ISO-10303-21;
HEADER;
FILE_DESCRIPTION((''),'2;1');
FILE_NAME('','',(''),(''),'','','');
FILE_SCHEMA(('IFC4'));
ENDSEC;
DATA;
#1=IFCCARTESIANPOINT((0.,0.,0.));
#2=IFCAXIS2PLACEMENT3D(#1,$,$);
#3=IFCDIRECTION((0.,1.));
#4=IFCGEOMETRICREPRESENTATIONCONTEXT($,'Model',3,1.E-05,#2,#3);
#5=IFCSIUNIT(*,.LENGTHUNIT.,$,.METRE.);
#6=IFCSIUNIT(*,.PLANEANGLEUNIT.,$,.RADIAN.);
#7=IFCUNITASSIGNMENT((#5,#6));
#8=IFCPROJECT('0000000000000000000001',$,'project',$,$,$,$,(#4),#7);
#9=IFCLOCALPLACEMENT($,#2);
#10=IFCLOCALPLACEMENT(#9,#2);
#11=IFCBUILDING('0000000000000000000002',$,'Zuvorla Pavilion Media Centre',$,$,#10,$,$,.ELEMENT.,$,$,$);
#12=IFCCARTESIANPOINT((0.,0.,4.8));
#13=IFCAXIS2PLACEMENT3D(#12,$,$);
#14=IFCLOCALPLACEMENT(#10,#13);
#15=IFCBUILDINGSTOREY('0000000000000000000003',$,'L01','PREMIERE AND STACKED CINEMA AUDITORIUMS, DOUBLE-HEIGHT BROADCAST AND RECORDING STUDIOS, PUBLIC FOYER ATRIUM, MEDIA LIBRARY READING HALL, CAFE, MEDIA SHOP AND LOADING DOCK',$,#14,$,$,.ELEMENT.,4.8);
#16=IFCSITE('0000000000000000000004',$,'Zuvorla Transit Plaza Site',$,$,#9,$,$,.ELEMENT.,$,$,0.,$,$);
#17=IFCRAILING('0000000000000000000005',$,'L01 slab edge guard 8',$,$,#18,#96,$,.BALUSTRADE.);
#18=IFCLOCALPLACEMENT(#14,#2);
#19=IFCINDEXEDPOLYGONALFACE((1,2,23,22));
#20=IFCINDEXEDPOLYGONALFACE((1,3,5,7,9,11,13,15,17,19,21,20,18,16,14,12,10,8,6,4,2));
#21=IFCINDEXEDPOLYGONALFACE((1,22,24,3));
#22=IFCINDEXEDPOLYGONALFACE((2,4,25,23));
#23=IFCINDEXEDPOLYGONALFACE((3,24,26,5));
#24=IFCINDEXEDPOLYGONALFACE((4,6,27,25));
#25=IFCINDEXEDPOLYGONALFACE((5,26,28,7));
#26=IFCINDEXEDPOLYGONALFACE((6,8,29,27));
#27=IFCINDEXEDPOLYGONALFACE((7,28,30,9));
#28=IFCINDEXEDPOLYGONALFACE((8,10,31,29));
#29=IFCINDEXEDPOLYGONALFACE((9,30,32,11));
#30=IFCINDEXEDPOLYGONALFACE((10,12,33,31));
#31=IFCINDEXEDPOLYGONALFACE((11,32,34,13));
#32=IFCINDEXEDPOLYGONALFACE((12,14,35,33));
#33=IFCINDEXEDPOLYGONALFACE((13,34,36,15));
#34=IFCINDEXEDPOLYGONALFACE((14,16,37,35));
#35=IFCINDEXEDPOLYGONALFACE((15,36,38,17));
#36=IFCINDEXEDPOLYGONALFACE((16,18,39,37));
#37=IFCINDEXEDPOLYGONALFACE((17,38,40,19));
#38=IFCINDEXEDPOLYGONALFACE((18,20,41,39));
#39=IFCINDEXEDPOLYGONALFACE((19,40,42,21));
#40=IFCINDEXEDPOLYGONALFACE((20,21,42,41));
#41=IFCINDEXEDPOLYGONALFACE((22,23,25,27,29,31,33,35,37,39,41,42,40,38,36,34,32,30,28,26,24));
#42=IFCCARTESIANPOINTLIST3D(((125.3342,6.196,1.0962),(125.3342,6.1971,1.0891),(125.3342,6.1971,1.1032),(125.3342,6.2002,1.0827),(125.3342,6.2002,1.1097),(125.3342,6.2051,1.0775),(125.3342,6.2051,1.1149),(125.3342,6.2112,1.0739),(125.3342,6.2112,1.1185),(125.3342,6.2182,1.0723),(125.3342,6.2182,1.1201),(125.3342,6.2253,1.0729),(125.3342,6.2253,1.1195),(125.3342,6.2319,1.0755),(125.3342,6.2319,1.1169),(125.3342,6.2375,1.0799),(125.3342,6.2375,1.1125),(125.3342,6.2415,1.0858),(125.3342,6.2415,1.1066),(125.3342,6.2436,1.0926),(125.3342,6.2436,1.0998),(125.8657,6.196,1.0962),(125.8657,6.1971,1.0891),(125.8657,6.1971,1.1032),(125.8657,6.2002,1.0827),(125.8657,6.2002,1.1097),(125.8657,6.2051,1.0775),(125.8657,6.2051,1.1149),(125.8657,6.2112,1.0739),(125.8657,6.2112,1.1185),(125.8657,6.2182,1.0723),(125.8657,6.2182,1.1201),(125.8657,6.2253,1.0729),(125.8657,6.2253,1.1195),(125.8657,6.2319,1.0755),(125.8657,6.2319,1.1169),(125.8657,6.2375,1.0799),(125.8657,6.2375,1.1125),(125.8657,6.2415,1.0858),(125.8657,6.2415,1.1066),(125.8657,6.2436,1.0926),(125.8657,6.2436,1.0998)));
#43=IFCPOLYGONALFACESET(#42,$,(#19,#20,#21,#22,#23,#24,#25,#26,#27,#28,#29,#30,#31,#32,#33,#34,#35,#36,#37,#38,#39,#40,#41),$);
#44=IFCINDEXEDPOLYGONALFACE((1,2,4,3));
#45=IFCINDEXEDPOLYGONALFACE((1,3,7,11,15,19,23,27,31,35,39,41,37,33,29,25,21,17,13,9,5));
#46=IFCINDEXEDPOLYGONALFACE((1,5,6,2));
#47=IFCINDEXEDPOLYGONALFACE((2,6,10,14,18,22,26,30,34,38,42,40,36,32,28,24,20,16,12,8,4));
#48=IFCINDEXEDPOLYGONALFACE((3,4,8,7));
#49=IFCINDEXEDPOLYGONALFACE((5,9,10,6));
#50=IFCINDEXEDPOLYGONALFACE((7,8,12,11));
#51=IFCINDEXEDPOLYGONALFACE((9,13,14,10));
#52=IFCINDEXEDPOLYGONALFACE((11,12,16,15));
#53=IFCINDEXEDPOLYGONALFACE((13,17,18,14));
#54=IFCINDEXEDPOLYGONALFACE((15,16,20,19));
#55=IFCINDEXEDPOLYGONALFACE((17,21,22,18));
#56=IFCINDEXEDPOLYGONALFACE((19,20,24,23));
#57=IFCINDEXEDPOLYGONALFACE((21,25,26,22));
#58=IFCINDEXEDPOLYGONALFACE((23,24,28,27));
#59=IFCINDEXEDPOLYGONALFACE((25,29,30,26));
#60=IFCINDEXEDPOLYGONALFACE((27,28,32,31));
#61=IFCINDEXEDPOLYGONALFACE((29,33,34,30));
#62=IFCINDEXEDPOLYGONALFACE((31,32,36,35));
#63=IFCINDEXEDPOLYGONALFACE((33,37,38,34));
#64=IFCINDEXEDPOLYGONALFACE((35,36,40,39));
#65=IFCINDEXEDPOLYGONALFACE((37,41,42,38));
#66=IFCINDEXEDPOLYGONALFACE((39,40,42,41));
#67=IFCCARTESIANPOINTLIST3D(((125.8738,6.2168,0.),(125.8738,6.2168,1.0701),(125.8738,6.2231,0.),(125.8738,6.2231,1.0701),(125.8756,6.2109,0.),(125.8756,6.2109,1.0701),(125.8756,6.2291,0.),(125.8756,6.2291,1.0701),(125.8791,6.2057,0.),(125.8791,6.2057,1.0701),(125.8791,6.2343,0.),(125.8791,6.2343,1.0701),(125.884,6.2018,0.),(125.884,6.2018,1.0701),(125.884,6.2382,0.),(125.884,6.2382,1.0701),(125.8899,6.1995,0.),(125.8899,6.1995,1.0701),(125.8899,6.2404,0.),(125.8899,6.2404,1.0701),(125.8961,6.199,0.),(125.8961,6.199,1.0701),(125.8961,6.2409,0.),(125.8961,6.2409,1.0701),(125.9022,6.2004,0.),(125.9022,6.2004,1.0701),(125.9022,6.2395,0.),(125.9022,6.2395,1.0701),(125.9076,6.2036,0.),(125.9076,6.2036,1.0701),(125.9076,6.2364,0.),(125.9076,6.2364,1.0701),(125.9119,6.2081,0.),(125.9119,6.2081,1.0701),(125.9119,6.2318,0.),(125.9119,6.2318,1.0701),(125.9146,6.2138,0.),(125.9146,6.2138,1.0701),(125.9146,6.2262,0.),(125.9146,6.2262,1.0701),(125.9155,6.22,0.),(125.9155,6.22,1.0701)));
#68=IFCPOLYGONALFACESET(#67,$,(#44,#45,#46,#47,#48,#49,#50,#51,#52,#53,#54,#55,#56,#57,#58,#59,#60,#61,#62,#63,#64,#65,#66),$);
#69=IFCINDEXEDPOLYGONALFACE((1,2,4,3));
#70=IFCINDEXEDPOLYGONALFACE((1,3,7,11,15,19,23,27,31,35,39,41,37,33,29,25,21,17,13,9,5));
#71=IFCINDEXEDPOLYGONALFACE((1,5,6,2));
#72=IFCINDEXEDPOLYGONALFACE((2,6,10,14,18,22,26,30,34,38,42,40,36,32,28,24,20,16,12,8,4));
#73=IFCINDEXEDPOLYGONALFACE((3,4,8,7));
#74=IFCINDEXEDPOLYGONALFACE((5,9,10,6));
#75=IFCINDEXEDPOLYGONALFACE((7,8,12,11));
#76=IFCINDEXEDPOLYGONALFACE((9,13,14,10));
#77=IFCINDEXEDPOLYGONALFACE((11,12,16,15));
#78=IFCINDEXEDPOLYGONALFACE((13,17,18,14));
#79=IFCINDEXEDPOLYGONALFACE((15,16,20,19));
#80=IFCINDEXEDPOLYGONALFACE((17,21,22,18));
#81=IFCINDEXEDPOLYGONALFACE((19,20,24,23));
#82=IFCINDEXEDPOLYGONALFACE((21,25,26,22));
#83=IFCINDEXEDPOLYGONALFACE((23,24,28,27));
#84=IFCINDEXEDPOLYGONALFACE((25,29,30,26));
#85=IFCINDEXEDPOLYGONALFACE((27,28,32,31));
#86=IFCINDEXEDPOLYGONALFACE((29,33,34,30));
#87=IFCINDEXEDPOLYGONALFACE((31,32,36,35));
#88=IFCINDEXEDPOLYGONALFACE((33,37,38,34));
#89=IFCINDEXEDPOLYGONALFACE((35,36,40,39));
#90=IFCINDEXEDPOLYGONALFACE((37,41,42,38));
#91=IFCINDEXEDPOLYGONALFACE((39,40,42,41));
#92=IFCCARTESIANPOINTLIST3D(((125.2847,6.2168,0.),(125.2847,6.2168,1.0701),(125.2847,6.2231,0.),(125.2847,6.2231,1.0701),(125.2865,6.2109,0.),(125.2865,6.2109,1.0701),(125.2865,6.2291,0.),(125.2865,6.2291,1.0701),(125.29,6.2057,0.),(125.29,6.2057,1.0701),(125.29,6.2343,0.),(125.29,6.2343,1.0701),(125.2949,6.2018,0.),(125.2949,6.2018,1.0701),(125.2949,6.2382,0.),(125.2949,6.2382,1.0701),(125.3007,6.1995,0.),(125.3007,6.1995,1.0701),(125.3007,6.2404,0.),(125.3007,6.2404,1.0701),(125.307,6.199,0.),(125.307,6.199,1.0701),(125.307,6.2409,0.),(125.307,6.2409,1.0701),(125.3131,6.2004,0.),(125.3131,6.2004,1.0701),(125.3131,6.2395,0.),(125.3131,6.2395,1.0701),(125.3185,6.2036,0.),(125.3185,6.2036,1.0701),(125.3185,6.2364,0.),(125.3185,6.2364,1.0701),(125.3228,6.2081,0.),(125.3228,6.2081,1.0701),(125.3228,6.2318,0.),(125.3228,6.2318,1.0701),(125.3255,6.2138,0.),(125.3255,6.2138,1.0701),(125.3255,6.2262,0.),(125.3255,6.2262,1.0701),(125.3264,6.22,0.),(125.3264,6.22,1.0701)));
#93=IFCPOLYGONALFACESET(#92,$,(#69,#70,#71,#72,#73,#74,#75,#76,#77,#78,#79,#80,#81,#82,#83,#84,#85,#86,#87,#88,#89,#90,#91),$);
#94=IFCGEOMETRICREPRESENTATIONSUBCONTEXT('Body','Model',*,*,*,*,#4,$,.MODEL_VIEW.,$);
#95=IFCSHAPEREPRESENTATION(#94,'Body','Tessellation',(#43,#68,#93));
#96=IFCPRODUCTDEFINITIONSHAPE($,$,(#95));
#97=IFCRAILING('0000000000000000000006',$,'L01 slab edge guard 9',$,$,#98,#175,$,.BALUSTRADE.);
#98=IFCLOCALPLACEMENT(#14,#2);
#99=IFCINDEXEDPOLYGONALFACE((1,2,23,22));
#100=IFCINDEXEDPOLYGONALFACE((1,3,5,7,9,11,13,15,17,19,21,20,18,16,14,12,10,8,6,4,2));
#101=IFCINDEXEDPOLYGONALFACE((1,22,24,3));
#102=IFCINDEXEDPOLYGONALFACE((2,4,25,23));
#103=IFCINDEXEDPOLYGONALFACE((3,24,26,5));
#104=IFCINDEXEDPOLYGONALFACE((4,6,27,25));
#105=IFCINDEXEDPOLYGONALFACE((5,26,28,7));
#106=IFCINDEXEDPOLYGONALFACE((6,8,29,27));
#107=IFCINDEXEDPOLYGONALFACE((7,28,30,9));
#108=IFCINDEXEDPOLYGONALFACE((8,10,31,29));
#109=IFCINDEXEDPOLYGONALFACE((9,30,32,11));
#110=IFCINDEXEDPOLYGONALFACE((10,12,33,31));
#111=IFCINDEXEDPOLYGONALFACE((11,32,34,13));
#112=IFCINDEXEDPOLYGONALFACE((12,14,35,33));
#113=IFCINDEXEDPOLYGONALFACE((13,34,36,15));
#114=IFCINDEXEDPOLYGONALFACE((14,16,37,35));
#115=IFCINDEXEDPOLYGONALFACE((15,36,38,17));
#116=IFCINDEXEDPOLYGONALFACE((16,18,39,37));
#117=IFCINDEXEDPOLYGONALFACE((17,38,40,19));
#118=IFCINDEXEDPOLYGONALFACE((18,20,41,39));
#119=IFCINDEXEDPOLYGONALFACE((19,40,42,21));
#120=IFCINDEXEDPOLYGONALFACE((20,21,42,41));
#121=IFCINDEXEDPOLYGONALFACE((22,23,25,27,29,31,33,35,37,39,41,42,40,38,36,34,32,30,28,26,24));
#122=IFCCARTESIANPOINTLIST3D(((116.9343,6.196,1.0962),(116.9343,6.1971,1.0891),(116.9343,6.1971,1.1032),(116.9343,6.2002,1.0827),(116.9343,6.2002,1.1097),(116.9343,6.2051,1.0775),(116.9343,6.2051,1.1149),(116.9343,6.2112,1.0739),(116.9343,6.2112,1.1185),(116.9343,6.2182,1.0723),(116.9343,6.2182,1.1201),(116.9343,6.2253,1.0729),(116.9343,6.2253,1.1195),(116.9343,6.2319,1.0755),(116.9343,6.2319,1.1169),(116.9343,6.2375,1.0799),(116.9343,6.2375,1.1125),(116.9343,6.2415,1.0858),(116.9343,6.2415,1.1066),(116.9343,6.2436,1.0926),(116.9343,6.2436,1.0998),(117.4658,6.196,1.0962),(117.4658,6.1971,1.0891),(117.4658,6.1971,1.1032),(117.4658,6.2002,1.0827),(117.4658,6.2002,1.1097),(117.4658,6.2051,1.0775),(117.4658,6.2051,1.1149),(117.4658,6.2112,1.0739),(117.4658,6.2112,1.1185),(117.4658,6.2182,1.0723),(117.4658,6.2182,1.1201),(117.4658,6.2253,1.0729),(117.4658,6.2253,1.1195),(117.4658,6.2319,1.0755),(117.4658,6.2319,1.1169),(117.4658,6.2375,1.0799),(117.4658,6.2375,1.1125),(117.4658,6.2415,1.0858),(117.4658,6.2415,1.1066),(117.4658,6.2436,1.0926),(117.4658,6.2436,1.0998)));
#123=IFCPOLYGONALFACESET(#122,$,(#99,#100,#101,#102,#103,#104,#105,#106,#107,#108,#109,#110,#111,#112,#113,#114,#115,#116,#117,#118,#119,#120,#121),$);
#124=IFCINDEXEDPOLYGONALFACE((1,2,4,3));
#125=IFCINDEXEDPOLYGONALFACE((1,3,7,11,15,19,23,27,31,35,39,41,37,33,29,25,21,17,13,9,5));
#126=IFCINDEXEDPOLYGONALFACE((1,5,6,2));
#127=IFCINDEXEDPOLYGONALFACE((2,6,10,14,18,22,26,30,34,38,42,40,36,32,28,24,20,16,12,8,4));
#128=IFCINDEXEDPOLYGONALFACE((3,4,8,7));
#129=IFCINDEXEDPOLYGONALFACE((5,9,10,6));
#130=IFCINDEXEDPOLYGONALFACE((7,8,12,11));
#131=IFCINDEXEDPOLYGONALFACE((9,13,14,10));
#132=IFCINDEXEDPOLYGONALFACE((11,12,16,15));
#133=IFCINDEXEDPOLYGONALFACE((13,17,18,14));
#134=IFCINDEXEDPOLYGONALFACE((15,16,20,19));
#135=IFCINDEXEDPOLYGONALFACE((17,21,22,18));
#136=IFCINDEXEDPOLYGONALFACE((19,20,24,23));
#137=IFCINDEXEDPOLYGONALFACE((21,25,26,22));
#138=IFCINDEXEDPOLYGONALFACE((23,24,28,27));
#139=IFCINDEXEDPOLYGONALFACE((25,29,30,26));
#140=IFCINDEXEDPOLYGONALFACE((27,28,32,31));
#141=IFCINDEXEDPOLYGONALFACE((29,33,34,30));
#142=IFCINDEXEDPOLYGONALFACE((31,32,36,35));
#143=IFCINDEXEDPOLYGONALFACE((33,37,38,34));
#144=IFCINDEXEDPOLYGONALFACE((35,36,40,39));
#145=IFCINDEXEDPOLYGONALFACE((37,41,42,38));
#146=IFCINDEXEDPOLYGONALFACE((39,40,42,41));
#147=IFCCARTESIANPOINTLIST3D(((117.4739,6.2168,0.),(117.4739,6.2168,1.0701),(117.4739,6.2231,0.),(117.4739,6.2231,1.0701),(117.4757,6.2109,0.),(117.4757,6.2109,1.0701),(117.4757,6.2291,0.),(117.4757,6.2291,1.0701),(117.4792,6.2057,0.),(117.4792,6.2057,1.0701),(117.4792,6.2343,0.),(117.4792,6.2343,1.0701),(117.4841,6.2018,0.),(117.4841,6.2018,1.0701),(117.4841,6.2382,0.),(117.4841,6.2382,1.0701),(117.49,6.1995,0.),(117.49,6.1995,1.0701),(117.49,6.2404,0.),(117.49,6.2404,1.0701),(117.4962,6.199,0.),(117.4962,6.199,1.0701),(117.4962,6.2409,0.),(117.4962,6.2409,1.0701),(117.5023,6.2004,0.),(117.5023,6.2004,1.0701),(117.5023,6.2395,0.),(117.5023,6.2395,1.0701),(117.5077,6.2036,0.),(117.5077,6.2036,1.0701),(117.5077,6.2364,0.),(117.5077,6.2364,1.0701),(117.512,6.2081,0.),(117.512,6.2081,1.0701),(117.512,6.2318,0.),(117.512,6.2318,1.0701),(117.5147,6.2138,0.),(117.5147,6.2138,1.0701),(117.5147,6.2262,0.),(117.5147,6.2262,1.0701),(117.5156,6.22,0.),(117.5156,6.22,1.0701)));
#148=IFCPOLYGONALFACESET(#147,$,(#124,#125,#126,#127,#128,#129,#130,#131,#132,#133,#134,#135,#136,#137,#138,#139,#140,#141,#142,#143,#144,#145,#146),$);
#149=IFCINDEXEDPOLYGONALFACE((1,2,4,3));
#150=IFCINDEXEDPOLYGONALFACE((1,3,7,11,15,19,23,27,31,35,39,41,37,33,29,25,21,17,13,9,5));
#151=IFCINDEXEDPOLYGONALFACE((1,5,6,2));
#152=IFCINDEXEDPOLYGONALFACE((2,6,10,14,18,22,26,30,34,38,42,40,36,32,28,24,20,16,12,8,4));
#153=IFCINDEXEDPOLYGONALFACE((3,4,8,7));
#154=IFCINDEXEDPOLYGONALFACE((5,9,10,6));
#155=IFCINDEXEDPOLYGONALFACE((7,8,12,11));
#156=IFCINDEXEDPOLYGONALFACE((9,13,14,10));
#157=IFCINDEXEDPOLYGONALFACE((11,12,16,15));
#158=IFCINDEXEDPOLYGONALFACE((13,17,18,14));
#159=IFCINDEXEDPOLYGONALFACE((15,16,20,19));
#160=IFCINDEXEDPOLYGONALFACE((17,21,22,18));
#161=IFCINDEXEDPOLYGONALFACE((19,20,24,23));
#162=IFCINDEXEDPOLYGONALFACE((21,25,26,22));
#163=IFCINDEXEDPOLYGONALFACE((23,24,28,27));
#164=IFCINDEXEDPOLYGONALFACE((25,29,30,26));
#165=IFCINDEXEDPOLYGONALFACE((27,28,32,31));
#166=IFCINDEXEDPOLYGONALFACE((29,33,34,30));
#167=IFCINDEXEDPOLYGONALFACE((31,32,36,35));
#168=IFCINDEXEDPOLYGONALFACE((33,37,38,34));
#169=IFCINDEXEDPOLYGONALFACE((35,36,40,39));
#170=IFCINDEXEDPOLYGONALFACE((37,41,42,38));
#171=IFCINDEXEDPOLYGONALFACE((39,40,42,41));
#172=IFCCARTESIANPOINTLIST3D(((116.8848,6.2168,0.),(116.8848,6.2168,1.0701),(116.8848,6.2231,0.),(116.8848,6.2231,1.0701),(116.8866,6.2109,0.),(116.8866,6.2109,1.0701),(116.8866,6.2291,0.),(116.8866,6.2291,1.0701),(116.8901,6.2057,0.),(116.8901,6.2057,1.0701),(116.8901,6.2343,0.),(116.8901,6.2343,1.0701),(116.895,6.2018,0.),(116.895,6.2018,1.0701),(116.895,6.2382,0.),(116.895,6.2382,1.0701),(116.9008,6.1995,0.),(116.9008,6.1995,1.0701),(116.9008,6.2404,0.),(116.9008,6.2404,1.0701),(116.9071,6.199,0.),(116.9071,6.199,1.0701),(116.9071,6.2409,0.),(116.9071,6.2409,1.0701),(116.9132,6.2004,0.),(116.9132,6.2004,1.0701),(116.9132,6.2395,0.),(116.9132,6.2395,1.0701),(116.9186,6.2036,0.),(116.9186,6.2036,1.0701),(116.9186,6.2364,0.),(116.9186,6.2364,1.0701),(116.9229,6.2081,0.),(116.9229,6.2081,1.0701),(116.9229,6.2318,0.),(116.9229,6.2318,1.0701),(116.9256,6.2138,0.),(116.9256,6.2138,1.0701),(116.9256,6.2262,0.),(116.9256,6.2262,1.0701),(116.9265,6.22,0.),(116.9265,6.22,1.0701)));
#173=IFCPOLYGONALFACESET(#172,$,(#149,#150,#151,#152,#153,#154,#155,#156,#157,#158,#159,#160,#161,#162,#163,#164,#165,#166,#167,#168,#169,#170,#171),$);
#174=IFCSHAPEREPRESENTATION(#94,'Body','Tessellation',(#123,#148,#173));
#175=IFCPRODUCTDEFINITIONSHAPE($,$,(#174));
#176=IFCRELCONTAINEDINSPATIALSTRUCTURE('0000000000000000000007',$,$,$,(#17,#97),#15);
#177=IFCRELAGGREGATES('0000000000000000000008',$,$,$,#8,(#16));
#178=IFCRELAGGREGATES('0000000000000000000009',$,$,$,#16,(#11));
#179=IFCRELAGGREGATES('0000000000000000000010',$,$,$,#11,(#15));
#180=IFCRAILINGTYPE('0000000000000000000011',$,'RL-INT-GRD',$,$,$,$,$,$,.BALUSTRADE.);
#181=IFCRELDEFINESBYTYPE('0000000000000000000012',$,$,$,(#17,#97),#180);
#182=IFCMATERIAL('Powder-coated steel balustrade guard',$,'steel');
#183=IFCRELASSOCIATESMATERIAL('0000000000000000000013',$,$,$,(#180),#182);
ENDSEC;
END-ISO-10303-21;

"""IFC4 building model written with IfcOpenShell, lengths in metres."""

from ifc_helpers import new_model, si_unit, direction, frame, origin, origin_2d, place, context, subcontext, project, spatial, circle, extrude, material, type_object, element, save


model = new_model("IFC4")

# Units and contexts
model_context = context("Model", 3, precision=1e-05, world=origin(), true_north=direction((0.0, 1.0)))
body_context = subcontext(model_context, "Body", "Model", "MODEL_VIEW")
ifc_project = project(units=[si_unit("LENGTHUNIT", "METRE"), si_unit("PLANEANGLEUNIT", "RADIAN")], contexts=[model_context])

# Site, building, storey
site_placement = place(None, origin())
site = spatial("IfcSite", under=ifc_project, at=site_placement, Name="Zuvorla Transit Plaza Site", CompositionType="ELEMENT", RefElevation=0.0)
building_placement = place(site_placement, origin())
building = spatial("IfcBuilding", under=site, at=building_placement, Name="Zuvorla Pavilion Media Centre", CompositionType="ELEMENT")
storey_placement = place(building_placement, frame((0.0, 0.0, 4.8)))
storey = spatial("IfcBuildingStorey", under=building, at=storey_placement, Name="L01", Description="PREMIERE AND STACKED CINEMA AUDITORIUMS, DOUBLE-HEIGHT BROADCAST AND RECORDING STUDIOS, PUBLIC FOYER ATRIUM, MEDIA LIBRARY READING HALL, CAFE, MEDIA SHOP AND LOADING DOCK", CompositionType="ELEMENT", Elevation=4.8)

# Railings
ifc_material_1 = material(Name="Powder-coated steel balustrade guard", Category="steel")
railing_type = type_object("IfcRailingType", Name="RL-INT-GRD", PredefinedType="BALUSTRADE", material=ifc_material_1)
for number, where, name in (
    (1, (125.8945, 6.22, 0.0), "L01 slab edge guard 8"),
    (2, (117.4946, 6.22, 0.0), "L01 slab edge guard 9"),
):
    element("IfcRailing", number, at=place(storey_placement, frame(where)), inside=storey, type_object=railing_type, Name=name, PredefinedType="BALUSTRADE", context=body_context, shape_type="SweptSolid", body=[
        extrude(circle(Radius=0.0239, at=origin_2d()), frame((-0.0288, 0.0, 1.0962), z_axis=(-1.0, 0.0, 0.0), x_axis=(0.0, -1.0, 0.0)), (0.0, 0.0, 1.0), 0.5315),
        extrude(circle(Radius=0.021, at=origin_2d()), origin(), (0.0, 0.0, 1.0), 1.0701),
        extrude(circle(Radius=0.021, at=origin_2d()), frame((-0.5891, 0.0, 0.0)), (0.0, 0.0, 1.0), 1.0701),
    ])

save(model, "model.ifc")
